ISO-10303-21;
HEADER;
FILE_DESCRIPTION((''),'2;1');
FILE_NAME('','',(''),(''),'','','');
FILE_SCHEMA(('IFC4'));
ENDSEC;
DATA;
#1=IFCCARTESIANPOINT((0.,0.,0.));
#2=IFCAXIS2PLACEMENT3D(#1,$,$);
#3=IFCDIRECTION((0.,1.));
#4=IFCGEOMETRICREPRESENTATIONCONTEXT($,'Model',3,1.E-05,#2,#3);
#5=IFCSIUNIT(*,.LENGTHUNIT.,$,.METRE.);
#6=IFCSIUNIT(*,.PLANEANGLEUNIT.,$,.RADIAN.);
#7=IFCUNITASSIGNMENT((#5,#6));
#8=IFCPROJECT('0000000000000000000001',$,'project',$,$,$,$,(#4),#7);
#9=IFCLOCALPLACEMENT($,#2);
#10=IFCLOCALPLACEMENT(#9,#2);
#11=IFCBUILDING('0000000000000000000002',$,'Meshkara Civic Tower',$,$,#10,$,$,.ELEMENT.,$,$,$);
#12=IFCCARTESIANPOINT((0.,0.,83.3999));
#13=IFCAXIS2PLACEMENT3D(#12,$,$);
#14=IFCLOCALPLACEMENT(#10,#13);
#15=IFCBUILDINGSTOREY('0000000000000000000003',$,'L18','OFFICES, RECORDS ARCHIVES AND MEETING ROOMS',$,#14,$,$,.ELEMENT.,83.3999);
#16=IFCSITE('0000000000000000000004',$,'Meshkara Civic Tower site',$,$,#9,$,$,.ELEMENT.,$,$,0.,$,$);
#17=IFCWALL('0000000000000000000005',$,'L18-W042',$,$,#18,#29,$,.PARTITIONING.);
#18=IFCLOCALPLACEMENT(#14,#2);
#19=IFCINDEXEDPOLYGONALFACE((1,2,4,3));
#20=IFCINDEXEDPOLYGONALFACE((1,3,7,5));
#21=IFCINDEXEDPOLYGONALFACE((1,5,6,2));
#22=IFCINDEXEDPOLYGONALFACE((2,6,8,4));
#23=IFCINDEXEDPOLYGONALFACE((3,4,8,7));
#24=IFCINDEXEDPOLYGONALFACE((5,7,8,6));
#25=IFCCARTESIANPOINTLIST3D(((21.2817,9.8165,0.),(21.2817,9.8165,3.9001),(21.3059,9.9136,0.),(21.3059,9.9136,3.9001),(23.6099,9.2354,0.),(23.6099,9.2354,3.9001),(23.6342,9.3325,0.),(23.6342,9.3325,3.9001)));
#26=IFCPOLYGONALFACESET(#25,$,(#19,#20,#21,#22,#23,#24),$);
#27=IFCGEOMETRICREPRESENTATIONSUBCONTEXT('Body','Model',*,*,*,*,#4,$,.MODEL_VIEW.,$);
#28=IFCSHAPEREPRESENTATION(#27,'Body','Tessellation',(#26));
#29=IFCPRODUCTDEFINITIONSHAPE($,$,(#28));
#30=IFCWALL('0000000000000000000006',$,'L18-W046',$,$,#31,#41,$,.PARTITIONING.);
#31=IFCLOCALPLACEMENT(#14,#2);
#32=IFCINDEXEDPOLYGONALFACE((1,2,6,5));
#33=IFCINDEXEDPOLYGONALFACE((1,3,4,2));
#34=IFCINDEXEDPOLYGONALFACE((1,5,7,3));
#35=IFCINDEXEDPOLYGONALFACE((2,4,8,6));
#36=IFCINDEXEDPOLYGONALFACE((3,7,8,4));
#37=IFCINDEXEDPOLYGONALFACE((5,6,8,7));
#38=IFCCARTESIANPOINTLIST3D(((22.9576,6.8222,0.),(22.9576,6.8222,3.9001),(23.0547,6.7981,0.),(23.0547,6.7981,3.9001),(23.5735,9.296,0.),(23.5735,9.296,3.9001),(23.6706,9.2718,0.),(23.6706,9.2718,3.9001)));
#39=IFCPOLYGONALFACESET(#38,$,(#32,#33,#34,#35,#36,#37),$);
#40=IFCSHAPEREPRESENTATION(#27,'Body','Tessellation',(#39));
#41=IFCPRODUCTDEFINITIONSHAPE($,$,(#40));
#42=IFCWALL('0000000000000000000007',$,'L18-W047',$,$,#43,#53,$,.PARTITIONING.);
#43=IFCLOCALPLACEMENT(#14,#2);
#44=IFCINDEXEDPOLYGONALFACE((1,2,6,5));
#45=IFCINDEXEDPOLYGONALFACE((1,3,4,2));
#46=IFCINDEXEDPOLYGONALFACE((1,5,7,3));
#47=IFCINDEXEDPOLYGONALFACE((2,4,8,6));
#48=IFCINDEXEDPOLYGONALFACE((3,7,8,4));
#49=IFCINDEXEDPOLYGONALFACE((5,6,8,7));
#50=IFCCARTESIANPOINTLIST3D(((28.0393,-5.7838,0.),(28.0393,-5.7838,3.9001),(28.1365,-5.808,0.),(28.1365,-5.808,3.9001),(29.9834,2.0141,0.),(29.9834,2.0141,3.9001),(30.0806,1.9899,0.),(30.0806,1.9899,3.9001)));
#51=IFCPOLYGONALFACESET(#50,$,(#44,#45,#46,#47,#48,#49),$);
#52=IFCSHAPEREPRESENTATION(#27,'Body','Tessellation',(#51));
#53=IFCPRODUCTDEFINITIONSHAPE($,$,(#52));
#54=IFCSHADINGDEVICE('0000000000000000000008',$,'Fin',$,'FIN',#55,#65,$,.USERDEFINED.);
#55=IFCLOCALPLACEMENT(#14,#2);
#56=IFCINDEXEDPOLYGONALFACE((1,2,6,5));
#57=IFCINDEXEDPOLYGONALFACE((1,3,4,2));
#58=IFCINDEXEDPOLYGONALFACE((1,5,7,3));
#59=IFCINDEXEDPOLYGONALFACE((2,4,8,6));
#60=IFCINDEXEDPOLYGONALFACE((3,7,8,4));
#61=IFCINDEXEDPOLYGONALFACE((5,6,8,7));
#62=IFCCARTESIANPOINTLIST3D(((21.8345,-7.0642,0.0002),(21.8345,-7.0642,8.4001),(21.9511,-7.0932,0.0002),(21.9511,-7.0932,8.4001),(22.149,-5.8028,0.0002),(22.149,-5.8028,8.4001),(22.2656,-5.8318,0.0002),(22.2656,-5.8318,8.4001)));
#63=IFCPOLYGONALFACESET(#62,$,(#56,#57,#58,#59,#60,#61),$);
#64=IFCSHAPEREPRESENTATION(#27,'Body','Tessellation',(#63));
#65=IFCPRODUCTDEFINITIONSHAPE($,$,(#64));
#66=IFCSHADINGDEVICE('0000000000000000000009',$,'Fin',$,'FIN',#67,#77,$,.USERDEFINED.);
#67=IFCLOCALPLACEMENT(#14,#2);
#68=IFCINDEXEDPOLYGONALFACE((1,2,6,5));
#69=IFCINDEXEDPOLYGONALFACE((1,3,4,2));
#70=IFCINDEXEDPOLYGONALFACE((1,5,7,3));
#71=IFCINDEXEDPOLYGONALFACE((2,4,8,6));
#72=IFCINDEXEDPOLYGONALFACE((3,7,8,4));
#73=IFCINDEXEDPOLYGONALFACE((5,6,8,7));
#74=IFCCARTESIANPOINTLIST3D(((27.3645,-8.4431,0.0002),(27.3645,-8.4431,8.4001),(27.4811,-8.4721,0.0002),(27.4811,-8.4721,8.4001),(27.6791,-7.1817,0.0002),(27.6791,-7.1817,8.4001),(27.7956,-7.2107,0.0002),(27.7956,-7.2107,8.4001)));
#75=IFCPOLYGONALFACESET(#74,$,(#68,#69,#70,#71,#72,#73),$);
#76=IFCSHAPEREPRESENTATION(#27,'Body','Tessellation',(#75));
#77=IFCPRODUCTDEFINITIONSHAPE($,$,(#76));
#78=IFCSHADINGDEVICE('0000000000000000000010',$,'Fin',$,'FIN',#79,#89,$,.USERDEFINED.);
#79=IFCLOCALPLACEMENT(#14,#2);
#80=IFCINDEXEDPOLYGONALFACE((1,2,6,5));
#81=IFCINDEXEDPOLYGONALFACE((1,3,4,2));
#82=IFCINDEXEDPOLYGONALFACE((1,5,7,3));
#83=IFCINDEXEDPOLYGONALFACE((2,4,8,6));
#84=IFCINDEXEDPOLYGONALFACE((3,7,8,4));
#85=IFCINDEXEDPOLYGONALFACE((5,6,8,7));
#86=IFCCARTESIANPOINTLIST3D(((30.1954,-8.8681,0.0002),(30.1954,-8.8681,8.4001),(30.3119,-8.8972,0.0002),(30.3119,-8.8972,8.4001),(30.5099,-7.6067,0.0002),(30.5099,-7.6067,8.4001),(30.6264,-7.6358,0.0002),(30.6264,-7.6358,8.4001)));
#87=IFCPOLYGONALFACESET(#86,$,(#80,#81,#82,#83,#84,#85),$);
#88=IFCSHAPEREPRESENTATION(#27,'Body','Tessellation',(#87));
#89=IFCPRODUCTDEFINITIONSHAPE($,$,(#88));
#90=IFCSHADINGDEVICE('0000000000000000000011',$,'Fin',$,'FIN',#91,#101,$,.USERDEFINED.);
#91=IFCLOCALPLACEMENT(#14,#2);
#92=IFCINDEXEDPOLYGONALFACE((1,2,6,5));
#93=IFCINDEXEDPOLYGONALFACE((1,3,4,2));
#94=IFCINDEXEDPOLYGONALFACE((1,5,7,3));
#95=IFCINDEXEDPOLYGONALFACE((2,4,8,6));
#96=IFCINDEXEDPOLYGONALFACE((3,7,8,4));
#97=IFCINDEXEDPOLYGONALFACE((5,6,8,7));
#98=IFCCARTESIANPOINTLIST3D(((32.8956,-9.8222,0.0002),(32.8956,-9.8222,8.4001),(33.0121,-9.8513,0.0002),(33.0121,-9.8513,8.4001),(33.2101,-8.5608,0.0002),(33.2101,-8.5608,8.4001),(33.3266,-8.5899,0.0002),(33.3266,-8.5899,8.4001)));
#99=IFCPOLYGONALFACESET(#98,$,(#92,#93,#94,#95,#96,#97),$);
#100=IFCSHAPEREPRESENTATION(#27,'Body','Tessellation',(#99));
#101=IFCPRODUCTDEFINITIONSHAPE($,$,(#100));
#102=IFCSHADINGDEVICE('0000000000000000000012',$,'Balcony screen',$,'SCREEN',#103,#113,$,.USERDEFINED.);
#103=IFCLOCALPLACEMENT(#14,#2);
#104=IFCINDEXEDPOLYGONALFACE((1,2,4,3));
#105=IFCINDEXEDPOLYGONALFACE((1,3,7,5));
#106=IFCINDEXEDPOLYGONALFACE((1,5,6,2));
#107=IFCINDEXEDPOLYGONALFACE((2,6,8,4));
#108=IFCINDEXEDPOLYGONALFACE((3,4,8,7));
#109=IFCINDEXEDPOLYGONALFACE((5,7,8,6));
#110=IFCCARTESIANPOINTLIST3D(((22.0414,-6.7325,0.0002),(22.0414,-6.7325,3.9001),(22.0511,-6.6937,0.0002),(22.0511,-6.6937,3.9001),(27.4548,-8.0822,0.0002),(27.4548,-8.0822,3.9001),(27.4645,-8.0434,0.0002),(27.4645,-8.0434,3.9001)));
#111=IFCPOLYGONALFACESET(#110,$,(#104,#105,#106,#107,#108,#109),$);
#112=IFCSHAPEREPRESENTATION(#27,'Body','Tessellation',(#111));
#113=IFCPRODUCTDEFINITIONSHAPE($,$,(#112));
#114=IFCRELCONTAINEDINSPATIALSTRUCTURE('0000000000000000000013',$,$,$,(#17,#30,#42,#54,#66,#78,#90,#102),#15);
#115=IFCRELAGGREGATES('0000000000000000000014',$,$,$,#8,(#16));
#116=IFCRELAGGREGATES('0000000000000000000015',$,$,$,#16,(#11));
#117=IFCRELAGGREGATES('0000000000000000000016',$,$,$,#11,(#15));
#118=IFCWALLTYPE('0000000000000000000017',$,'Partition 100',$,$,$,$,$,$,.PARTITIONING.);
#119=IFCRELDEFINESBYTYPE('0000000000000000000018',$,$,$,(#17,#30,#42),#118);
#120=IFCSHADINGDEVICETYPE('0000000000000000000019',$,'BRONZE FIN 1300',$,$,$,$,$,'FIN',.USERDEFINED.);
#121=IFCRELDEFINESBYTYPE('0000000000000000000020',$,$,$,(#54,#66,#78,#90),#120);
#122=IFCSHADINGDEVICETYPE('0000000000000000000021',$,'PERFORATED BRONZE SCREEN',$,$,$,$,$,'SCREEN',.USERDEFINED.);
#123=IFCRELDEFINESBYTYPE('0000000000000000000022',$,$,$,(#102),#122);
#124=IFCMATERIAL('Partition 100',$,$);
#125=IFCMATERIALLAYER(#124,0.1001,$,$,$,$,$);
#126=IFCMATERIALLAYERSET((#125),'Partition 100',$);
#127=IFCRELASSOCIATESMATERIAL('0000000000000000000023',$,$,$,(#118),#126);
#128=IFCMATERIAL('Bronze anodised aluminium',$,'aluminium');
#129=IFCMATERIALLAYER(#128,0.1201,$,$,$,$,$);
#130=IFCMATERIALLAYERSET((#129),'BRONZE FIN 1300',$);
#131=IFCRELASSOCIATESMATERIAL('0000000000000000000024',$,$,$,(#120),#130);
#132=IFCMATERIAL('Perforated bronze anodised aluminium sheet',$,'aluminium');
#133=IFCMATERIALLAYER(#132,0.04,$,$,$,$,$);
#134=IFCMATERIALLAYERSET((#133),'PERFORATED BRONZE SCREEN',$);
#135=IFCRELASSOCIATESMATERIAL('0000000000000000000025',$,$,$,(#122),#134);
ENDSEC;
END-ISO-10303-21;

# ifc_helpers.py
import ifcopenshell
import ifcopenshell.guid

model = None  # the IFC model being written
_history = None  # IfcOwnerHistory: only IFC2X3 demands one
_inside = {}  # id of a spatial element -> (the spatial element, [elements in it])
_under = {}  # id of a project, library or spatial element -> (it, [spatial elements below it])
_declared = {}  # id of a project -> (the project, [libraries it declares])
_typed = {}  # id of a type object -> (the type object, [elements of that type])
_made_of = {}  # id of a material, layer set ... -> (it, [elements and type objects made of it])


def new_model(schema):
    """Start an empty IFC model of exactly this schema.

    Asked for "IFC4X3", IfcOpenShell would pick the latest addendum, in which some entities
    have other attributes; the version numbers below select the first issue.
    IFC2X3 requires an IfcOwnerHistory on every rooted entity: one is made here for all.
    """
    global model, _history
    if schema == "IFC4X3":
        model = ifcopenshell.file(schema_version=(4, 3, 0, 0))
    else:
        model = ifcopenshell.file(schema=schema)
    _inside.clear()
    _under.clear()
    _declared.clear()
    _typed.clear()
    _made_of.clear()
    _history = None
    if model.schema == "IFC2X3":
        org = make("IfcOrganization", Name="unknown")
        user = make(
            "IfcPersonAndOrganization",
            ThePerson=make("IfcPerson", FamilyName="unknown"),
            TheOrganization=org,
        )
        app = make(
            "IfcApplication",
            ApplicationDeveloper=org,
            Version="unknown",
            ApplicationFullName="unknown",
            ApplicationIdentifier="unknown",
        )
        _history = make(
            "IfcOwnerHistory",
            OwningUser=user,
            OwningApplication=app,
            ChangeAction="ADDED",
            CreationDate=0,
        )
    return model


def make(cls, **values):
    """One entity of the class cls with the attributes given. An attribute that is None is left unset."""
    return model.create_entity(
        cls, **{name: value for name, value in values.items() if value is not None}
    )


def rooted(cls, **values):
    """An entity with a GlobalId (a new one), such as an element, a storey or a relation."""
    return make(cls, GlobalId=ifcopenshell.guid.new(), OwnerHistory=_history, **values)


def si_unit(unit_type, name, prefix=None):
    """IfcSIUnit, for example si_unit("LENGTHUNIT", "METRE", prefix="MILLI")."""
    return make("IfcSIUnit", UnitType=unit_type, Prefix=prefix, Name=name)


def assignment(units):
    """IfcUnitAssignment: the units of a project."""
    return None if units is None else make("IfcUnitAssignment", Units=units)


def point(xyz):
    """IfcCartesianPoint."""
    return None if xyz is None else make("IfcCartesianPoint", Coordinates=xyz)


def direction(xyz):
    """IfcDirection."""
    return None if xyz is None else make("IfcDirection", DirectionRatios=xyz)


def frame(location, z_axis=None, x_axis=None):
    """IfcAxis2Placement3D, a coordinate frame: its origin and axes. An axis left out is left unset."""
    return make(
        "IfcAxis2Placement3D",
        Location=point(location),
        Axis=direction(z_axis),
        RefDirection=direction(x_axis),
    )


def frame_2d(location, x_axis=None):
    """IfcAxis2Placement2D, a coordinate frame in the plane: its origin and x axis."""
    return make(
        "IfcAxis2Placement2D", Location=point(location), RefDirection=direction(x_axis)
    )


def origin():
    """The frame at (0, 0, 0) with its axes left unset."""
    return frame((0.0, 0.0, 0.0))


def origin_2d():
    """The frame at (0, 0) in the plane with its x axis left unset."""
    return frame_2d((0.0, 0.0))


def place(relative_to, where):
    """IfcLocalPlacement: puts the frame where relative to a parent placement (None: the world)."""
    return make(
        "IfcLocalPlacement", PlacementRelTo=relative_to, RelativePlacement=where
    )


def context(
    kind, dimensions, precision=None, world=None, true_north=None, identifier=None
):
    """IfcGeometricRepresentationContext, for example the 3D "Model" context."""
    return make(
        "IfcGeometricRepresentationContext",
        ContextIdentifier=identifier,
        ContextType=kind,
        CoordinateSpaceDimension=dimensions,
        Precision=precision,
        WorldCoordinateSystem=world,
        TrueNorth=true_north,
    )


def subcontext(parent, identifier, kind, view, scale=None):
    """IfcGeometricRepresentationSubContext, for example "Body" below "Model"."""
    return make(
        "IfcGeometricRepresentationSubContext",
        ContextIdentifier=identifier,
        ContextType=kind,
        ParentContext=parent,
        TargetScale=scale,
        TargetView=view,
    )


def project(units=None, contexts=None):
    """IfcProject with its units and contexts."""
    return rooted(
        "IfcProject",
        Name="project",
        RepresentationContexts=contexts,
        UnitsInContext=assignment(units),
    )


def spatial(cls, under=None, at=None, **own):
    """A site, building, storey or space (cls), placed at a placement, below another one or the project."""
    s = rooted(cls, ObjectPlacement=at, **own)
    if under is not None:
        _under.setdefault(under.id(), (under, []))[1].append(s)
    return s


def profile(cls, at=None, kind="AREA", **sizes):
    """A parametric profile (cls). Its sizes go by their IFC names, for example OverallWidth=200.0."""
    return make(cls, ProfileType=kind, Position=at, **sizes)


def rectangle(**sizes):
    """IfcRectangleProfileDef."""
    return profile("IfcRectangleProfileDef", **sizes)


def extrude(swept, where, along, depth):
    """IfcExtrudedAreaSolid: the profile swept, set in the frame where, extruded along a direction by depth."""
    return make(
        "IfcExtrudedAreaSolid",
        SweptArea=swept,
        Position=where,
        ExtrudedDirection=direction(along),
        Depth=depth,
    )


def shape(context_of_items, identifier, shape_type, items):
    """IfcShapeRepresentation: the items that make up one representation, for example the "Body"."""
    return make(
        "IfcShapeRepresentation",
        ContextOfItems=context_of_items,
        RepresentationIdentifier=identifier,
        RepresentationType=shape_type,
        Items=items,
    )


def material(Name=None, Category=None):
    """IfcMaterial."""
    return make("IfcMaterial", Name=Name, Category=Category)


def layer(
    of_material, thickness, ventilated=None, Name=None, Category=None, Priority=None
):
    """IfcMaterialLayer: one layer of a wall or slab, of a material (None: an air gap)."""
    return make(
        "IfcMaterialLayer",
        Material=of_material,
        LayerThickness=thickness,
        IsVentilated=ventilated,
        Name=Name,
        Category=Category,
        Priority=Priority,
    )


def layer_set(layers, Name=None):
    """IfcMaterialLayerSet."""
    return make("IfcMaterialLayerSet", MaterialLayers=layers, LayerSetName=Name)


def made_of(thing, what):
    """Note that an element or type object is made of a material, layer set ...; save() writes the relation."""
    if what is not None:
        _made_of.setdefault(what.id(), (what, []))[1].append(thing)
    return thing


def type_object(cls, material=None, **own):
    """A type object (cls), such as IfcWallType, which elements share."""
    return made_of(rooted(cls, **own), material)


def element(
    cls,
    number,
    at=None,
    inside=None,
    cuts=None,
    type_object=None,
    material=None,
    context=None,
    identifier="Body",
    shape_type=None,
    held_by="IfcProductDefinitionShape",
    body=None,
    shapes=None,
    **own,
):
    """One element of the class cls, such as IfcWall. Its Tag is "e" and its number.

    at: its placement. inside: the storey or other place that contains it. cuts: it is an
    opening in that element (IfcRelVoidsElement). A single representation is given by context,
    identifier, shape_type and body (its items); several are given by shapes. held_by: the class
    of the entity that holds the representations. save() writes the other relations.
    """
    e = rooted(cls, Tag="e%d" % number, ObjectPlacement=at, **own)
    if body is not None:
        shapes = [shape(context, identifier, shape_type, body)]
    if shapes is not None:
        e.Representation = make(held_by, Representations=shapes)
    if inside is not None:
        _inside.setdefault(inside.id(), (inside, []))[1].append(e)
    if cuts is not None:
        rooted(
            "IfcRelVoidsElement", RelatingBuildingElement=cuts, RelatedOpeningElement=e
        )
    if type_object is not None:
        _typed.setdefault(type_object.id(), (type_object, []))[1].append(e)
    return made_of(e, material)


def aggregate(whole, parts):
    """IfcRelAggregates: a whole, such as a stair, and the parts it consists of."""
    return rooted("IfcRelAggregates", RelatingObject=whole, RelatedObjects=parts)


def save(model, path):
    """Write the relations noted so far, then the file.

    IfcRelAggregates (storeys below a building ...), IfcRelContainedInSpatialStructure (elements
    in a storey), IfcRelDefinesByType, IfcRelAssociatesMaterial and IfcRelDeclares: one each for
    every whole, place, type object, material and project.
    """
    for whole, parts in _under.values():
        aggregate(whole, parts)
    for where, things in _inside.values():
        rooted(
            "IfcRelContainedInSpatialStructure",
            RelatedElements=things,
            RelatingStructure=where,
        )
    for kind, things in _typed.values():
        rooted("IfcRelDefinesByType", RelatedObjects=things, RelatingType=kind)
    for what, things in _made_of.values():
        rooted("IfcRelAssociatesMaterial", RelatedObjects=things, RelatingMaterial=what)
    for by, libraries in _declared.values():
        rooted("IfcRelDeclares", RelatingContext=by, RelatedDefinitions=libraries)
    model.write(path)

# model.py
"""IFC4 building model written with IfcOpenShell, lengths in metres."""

from ifc_helpers import new_model, si_unit, direction, frame, frame_2d, origin, origin_2d, place, context, subcontext, project, spatial, rectangle, extrude, material, layer, layer_set, type_object, element, save


model = new_model("IFC4")

# Units and contexts
model_context = context("Model", 3, precision=1e-05, world=origin(), true_north=direction((0.0, 1.0)))
body_context = subcontext(model_context, "Body", "Model", "MODEL_VIEW")
ifc_project = project(units=[si_unit("LENGTHUNIT", "METRE"), si_unit("PLANEANGLEUNIT", "RADIAN")], contexts=[model_context])

# Site, building, storey
site_placement = place(None, origin())
site = spatial("IfcSite", under=ifc_project, at=site_placement, Name="Meshkara Civic Tower site", CompositionType="ELEMENT", RefElevation=0.0)
building_placement = place(site_placement, origin())
building = spatial("IfcBuilding", under=site, at=building_placement, Name="Meshkara Civic Tower", CompositionType="ELEMENT")
storey_placement = place(building_placement, frame((0.0, 0.0, 83.3999)))
storey = spatial("IfcBuildingStorey", under=building, at=storey_placement, Name="L18", Description="OFFICES, RECORDS ARCHIVES AND MEETING ROOMS", CompositionType="ELEMENT", Elevation=83.3999)

# Walls
ifc_material_1 = material(Name="Partition 100")
ifc_layer_1 = layer(ifc_material_1, 0.1001)
ifc_layer_set_1 = layer_set([ifc_layer_1], Name="Partition 100")
wall_type_1 = type_object("IfcWallType", Name="Partition 100", PredefinedType="PARTITIONING", material=ifc_layer_set_1)
wall_1_placement = place(storey_placement, frame((21.2939, 9.865, 0.0), z_axis=(0.0, 0.0, 1.0), x_axis=(0.970238, -0.242153, 0.0)))
element("IfcWall", 1, at=wall_1_placement, inside=storey, type_object=wall_type_1, Name="L18-W042", PredefinedType="PARTITIONING", context=body_context, shape_type="SweptSolid", body=[
    extrude(rectangle(XDim=2.3997, YDim=0.1001, at=frame_2d((1.1997, 0.0))), origin(), (0.0, 0.0, 1.0), 3.9001),
])
wall_2_placement = place(storey_placement, frame((23.6221, 9.2839, 0.0), z_axis=(0.0, 0.0, 1.0), x_axis=(-0.241612, -0.970373, 0.0)))
element("IfcWall", 2, at=wall_2_placement, inside=storey, type_object=wall_type_1, Name="L18-W046", PredefinedType="PARTITIONING", context=body_context, shape_type="SweptSolid", body=[
    extrude(rectangle(XDim=2.5493, YDim=0.1001, at=frame_2d((1.2747, 0.0))), origin(), (0.0, 0.0, 1.0), 3.9001),
])
wall_3_placement = place(storey_placement, frame((28.0879, -5.7959, 0.0), z_axis=(0.0, 0.0, 1.0), x_axis=(0.241907, 0.9703, 0.0)))
element("IfcWall", 3, at=wall_3_placement, inside=storey, type_object=wall_type_1, Name="L18-W047", PredefinedType="PARTITIONING", context=body_context, shape_type="SweptSolid", body=[
    extrude(rectangle(XDim=8.0366, YDim=0.1001, at=frame_2d((4.0183, 0.0))), origin(), (0.0, 0.0, 1.0), 3.9001),
])

# Shading devices
ifc_material_2 = material(Name="Bronze anodised aluminium", Category="aluminium")
ifc_layer_2 = layer(ifc_material_2, 0.1201)
ifc_layer_set_2 = layer_set([ifc_layer_2], Name="BRONZE FIN 1300")
shading_device_type_1 = type_object("IfcShadingDeviceType", Name="BRONZE FIN 1300", ElementType="FIN", PredefinedType="USERDEFINED", material=ifc_layer_set_2)
for number, where, z_axis, x_axis, name in (
    (4, (22.05, -6.448, 0.0002), (0.0, 0.0, 1.0), (0.970296, -0.241922, 0.0), "Fin"),
    (5, (27.5801, -7.8269, 0.0002), (0.0, 0.0, 1.0), (0.970296, -0.241922, 0.0), "Fin"),
    (6, (30.4109, -8.252, 0.0002), (0.0, 0.0, 1.0), (0.970296, -0.241922, 0.0), "Fin"),
    (7, (33.1111, -9.2061, 0.0002), (0.0, 0.0, 1.0), (0.970296, -0.241922, 0.0), "Fin"),
):
    element("IfcShadingDevice", number, at=place(storey_placement, frame(where, z_axis=z_axis, x_axis=x_axis)), inside=storey, type_object=shading_device_type_1, Name=name, ObjectType="FIN", PredefinedType="USERDEFINED", context=body_context, shape_type="SweptSolid", body=[
        extrude(rectangle(XDim=0.1201, YDim=1.3, at=origin_2d()), origin(), (0.0, 0.0, 1.0), 8.3999),
    ])
ifc_material_3 = material(Name="Perforated bronze anodised aluminium sheet", Category="aluminium")
ifc_layer_3 = layer(ifc_material_3, 0.04)
ifc_layer_set_3 = layer_set([ifc_layer_3], Name="PERFORATED BRONZE SCREEN")
shading_device_type_2 = type_object("IfcShadingDeviceType", Name="PERFORATED BRONZE SCREEN", ElementType="SCREEN", PredefinedType="USERDEFINED", material=ifc_layer_set_3)
shading_device_placement = place(storey_placement, frame((24.7529, -7.3879, 0.0002), z_axis=(0.0, 0.0, 1.0), x_axis=(0.970296, -0.241922, 0.0)))
element("IfcShadingDevice", 8, at=shading_device_placement, inside=storey, type_object=shading_device_type_2, Name="Balcony screen", ObjectType="SCREEN", PredefinedType="USERDEFINED", context=body_context, shape_type="SweptSolid", body=[
    extrude(rectangle(XDim=5.5791, YDim=0.04, at=origin_2d()), origin(), (0.0, 0.0, 1.0), 3.8999),
])

save(model, "model.ifc")
